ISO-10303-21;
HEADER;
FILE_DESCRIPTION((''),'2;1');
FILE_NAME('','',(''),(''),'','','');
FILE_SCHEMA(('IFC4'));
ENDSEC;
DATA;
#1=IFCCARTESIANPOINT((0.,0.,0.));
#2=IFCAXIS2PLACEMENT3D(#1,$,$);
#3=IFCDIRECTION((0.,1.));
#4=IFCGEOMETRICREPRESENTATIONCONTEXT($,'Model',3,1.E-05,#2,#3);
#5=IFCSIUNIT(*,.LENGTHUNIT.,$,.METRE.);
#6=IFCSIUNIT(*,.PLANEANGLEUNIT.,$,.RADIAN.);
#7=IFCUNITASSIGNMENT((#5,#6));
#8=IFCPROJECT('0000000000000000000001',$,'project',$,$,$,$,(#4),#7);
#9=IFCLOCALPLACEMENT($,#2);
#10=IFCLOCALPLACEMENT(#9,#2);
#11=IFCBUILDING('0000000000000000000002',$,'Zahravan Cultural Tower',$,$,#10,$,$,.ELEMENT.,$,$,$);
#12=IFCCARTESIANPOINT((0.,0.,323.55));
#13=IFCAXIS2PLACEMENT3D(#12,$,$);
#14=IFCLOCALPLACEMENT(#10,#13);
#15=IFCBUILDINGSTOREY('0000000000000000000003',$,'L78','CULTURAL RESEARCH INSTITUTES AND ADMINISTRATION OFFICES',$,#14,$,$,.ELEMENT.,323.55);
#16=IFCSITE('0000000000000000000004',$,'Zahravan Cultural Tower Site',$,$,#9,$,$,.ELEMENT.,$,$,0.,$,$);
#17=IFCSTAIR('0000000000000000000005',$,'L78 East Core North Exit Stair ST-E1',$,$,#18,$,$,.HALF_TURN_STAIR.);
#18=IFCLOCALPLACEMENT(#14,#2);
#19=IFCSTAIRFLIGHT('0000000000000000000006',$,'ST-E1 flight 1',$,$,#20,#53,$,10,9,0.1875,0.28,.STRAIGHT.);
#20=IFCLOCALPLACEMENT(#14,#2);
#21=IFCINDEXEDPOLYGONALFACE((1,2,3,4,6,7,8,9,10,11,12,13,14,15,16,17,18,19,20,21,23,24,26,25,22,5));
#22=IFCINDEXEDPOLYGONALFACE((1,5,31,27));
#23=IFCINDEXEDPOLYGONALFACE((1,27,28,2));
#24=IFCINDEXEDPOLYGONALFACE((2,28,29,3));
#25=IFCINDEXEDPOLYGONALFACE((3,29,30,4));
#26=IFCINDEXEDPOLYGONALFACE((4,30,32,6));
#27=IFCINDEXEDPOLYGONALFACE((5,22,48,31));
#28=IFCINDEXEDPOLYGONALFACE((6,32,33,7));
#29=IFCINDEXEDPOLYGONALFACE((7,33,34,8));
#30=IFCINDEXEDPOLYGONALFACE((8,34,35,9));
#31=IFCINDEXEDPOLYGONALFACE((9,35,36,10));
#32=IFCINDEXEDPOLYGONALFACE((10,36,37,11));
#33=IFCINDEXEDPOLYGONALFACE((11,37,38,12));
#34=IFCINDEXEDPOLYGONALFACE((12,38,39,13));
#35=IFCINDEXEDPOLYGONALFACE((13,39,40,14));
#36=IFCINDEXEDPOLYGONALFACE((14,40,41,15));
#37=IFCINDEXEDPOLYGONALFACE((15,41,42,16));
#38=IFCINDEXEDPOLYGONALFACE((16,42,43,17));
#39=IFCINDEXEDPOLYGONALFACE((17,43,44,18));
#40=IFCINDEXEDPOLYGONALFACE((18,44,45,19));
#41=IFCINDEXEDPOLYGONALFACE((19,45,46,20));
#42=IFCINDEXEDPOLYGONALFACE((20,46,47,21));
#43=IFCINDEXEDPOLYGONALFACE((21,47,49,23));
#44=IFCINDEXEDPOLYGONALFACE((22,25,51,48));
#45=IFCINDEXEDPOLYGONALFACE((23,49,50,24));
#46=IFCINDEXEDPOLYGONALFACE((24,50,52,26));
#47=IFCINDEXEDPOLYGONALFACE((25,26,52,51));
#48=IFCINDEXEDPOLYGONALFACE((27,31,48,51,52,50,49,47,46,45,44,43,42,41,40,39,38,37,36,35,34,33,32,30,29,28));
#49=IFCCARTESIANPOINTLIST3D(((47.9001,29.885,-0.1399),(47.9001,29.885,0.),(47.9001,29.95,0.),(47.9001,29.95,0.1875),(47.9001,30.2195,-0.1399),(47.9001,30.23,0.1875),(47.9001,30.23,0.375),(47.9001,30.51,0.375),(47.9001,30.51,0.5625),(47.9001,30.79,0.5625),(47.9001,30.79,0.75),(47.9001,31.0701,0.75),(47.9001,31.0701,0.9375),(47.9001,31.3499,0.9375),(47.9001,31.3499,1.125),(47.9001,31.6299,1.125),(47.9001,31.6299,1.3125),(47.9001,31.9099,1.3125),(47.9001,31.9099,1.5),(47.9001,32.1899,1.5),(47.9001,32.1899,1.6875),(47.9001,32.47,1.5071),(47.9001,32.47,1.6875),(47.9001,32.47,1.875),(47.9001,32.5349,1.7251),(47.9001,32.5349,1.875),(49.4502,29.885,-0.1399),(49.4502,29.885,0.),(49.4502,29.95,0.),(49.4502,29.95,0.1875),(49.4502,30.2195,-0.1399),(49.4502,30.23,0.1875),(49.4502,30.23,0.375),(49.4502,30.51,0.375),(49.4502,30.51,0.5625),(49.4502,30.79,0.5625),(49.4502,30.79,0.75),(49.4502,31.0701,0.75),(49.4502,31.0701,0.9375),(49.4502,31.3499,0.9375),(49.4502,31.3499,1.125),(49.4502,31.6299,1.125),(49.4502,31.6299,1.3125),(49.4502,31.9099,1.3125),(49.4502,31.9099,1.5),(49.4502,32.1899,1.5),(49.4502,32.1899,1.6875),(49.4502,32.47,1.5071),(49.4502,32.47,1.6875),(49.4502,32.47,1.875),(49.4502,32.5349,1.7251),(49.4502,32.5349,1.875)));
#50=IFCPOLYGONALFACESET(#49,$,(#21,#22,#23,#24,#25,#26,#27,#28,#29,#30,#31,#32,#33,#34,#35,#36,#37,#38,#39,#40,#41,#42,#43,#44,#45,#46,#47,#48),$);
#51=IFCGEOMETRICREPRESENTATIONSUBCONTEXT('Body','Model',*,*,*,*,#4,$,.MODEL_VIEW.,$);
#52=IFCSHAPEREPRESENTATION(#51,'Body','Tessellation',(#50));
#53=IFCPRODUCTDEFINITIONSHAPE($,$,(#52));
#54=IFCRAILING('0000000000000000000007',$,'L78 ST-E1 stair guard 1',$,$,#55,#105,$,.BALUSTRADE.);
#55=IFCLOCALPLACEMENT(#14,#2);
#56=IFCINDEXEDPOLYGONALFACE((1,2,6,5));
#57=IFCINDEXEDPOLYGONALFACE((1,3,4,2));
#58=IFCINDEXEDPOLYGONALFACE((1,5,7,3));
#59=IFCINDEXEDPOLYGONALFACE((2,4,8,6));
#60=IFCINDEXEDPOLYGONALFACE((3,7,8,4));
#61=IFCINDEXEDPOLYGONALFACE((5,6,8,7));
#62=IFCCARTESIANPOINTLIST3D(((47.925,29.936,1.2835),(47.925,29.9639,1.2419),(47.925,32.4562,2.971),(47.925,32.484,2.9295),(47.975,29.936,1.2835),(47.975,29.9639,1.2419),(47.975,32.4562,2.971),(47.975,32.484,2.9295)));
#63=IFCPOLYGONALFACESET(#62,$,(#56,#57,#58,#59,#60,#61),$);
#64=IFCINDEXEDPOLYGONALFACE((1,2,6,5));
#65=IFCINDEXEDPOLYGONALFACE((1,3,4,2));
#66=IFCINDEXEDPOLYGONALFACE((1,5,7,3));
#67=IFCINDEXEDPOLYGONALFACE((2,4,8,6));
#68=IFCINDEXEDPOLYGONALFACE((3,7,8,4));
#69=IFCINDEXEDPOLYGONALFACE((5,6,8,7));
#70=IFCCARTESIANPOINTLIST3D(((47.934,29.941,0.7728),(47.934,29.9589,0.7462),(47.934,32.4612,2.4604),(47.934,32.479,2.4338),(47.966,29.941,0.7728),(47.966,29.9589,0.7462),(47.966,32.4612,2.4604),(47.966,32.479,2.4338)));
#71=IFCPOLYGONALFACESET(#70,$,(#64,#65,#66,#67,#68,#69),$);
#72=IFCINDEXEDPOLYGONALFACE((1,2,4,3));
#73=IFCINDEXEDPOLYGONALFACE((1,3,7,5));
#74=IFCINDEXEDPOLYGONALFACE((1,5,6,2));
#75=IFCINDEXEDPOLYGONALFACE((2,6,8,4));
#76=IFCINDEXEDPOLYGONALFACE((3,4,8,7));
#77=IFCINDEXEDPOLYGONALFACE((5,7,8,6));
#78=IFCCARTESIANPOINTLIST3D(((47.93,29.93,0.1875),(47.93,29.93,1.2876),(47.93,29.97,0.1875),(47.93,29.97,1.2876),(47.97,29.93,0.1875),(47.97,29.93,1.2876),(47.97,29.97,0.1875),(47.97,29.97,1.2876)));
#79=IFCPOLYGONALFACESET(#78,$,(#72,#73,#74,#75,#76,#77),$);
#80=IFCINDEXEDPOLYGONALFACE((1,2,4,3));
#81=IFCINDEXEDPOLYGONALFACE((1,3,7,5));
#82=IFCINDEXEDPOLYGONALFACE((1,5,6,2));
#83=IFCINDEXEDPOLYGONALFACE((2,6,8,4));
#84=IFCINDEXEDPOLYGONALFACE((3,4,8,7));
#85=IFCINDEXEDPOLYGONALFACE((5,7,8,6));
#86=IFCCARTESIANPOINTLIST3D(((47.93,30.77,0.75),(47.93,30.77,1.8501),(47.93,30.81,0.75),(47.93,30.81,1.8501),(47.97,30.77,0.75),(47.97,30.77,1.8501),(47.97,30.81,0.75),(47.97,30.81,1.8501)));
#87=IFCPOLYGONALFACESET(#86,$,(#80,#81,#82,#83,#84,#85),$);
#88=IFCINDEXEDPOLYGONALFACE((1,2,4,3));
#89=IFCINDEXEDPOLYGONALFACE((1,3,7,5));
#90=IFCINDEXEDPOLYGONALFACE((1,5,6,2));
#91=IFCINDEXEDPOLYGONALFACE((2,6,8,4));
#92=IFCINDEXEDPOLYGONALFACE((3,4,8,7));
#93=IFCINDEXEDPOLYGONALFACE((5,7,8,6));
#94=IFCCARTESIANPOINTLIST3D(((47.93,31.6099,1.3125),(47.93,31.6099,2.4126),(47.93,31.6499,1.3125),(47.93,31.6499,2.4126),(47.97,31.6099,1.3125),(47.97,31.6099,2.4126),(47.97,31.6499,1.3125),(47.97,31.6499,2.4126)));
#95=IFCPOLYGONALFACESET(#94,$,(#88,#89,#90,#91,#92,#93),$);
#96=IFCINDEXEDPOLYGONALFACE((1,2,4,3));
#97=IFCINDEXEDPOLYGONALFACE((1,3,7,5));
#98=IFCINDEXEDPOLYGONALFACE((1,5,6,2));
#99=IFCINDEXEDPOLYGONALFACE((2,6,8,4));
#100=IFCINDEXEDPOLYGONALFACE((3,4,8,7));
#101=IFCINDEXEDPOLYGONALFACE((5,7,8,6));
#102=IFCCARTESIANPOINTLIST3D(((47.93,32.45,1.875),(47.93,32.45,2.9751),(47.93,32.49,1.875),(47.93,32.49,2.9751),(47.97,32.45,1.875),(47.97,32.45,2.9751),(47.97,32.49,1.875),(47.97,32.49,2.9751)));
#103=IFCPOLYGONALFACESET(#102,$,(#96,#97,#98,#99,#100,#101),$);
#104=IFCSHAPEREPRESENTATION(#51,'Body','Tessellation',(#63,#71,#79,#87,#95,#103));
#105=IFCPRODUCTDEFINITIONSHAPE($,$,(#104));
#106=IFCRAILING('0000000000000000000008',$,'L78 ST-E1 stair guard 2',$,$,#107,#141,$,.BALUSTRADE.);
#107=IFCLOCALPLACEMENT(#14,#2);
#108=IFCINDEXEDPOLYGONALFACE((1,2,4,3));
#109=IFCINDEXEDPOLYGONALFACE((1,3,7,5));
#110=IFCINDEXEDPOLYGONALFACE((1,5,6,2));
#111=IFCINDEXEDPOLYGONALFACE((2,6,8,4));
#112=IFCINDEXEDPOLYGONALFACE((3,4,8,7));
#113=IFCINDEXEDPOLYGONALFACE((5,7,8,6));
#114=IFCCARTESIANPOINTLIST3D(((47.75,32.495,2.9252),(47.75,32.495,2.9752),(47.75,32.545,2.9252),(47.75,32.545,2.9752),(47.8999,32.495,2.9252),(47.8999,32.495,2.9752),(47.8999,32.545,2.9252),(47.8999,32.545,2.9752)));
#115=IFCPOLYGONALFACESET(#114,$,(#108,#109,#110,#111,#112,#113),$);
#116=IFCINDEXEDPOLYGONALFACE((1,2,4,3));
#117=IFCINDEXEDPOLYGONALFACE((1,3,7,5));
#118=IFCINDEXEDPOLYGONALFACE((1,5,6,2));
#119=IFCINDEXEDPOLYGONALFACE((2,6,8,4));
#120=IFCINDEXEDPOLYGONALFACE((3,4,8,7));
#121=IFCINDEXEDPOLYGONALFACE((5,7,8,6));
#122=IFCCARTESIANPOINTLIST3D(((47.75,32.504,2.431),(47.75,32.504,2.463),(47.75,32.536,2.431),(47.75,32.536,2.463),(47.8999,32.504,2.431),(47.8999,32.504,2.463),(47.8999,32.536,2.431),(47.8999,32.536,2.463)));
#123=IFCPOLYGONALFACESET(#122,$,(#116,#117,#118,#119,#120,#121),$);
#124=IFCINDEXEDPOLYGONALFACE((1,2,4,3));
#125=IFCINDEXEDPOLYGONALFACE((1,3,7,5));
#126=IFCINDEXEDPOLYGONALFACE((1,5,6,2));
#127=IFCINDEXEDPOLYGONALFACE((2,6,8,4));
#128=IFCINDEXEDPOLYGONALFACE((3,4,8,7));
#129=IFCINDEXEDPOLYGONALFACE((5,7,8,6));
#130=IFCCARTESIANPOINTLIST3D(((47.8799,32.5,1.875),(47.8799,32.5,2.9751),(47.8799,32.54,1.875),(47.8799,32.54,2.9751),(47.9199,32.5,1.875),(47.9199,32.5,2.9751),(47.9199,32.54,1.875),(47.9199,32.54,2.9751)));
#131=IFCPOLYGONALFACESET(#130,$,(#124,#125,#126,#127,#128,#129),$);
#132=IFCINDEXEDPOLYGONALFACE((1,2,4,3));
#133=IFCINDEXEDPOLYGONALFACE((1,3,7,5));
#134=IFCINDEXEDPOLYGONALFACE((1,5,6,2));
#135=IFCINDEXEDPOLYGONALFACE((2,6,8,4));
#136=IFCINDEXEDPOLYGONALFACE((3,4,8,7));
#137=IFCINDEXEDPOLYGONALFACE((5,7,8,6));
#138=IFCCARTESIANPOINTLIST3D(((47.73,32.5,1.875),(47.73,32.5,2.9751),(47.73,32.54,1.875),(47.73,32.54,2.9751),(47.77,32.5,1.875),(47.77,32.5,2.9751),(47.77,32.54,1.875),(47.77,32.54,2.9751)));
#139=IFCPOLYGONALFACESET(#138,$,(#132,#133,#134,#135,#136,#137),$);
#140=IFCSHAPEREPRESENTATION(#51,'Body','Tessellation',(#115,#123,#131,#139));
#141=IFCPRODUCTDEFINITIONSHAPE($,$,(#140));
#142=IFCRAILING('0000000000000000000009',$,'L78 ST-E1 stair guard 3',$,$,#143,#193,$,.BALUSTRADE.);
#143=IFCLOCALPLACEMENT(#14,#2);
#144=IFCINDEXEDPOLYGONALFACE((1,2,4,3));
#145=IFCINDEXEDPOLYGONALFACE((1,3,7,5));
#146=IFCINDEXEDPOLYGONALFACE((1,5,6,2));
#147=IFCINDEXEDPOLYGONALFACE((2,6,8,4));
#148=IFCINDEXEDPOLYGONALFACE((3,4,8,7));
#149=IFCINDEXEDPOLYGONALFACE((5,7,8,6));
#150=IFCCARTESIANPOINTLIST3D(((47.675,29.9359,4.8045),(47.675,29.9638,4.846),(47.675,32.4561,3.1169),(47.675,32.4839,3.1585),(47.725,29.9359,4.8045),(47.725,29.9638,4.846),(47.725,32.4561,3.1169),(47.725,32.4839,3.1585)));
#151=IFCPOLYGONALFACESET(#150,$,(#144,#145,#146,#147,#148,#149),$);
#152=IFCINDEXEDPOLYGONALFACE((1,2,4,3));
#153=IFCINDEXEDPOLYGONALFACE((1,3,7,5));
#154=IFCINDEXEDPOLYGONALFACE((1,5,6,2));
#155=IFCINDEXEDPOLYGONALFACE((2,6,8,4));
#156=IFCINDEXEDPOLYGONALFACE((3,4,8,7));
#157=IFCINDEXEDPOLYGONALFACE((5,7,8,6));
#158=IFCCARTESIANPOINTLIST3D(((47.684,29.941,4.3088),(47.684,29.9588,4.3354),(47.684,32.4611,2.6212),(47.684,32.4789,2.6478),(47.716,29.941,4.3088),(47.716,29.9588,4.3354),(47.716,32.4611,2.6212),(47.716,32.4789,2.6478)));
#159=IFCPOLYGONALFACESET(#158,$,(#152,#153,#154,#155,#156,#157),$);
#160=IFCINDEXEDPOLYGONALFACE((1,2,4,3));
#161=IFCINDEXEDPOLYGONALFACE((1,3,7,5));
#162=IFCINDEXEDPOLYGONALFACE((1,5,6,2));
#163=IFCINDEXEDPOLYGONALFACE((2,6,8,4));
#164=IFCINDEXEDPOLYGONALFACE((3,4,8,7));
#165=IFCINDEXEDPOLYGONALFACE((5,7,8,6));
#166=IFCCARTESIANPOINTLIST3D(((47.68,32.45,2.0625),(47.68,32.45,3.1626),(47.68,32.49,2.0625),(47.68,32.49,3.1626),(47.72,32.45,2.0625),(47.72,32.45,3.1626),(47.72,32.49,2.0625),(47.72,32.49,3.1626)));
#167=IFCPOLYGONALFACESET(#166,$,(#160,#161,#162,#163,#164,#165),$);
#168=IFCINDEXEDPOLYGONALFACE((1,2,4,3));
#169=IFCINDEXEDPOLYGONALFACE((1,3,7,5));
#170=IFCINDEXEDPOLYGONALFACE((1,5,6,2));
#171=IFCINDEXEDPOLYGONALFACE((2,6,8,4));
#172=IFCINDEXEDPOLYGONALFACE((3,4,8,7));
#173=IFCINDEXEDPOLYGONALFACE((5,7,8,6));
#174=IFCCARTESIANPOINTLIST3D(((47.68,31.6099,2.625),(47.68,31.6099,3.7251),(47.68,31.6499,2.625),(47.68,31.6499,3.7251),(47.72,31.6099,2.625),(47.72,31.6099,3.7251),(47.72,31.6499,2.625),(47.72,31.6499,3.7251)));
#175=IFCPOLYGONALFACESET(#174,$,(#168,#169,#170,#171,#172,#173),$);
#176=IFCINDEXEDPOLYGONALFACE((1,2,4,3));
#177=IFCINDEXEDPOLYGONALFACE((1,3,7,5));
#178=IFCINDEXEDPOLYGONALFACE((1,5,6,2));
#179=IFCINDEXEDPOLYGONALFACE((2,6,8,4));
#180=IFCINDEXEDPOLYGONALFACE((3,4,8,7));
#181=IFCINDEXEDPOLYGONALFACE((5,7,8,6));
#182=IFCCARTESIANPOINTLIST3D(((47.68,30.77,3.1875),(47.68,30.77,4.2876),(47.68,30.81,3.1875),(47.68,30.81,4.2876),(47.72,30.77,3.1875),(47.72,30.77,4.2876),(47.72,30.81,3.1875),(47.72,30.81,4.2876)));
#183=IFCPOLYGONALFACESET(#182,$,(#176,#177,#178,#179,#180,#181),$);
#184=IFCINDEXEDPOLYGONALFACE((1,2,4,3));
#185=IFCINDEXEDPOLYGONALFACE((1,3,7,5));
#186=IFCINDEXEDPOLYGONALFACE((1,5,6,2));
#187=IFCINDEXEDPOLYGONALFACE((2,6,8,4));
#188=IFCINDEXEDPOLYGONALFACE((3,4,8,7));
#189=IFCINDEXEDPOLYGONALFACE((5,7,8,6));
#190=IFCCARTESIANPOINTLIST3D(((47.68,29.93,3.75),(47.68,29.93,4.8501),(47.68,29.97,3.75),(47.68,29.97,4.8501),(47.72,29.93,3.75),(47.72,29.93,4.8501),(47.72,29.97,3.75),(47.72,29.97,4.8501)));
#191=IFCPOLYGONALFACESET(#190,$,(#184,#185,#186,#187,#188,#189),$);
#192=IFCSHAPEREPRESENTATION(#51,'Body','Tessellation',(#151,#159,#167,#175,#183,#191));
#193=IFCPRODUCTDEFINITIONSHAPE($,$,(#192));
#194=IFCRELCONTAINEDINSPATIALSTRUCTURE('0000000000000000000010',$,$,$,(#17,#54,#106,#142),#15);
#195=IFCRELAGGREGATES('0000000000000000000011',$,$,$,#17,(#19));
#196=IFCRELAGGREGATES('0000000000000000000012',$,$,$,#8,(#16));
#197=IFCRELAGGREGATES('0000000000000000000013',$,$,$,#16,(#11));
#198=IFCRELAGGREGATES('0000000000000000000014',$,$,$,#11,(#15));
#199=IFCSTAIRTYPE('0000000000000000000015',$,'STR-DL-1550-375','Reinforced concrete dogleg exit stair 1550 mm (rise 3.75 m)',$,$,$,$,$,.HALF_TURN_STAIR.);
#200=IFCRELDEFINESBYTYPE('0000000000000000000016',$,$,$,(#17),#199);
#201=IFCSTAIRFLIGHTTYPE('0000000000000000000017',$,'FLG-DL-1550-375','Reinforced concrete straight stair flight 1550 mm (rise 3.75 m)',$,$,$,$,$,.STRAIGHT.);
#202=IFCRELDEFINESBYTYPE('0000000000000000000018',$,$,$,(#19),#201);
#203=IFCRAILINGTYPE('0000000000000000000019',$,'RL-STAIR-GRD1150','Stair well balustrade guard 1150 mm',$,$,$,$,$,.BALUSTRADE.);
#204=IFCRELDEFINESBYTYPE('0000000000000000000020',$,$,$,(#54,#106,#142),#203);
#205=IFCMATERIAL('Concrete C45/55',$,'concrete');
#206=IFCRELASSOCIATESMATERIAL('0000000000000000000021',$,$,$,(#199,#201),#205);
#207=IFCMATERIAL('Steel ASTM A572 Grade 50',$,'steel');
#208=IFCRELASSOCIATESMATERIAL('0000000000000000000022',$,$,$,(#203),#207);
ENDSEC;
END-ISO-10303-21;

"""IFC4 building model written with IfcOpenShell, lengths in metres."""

from ifc_helpers import new_model, si_unit, direction, frame, origin, origin_2d, place, context, subcontext, project, spatial, polyline, rectangle, outline, extrude, material, type_object, element, aggregate, save


model = new_model("IFC4")

# Units and contexts
model_context = context("Model", 3, precision=1e-05, world=origin(), true_north=direction((0.0, 1.0)))
body_context = subcontext(model_context, "Body", "Model", "MODEL_VIEW")
ifc_project = project(units=[si_unit("LENGTHUNIT", "METRE"), si_unit("PLANEANGLEUNIT", "RADIAN")], contexts=[model_context])

# Site, building, storey
site_placement = place(None, origin())
site = spatial("IfcSite", under=ifc_project, at=site_placement, Name="Zahravan Cultural Tower Site", CompositionType="ELEMENT", RefElevation=0.0)
building_placement = place(site_placement, origin())
building = spatial("IfcBuilding", under=site, at=building_placement, Name="Zahravan Cultural Tower", CompositionType="ELEMENT")
storey_placement = place(building_placement, frame((0.0, 0.0, 323.55)))
storey = spatial("IfcBuildingStorey", under=building, at=storey_placement, Name="L78", Description="CULTURAL RESEARCH INSTITUTES AND ADMINISTRATION OFFICES", CompositionType="ELEMENT", Elevation=323.55)

# Stair, stair flight
ifc_material_1 = material(Name="Concrete C45/55", Category="concrete")
stair_type = type_object("IfcStairType", Name="STR-DL-1550-375", Description="Reinforced concrete dogleg exit stair 1550 mm (rise 3.75 m)", PredefinedType="HALF_TURN_STAIR", material=ifc_material_1)
stair_placement = place(storey_placement, origin())
stair = element("IfcStair", 1, at=stair_placement, inside=storey, type_object=stair_type, Name="L78 East Core North Exit Stair ST-E1", PredefinedType="HALF_TURN_STAIR")
stair_flight_type = type_object("IfcStairFlightType", Name="FLG-DL-1550-375", Description="Reinforced concrete straight stair flight 1550 mm (rise 3.75 m)", PredefinedType="STRAIGHT", material=ifc_material_1)
stair_flight_placement = place(storey_placement, frame((48.675, 29.95, 0.0), z_axis=(0.0, 0.0, 1.0), x_axis=(0.0, 1.0, 0.0)))
stair_flight = element("IfcStairFlight", 2, at=stair_flight_placement, type_object=stair_flight_type, Name="ST-E1 flight 1", NumberOfRisers=10, NumberOfTreads=9, PredefinedType="STRAIGHT", RiserHeight=0.1875, TreadLength=0.28, context=body_context, shape_type="SweptSolid", body=[
    extrude(outline(polyline([(-0.0649, -0.1399), (-0.0649, 0.0), (0.0, 0.0), (0.0, 0.1875), (0.28, 0.1875), (0.28, 0.375), (0.5601, 0.375), (0.5601, 0.5625), (0.8401, 0.5625), (0.8401, 0.75), (1.1201, 0.75), (1.1201, 0.9375), (1.3999, 0.9375), (1.3999, 1.125), (1.6799, 1.125), (1.6799, 1.3125), (1.96, 1.3125), (1.96, 1.5), (2.24, 1.5), (2.24, 1.6875), (2.52, 1.6875), (2.52, 1.875), (2.585, 1.875), (2.585, 1.7251), (2.52, 1.5071), (0.2695, -0.1399), (-0.0649, -0.1399)])), frame((0.0, 0.7749, 0.0), z_axis=(0.0, -1.0, 0.0), x_axis=(1.0, 0.0, 0.0)), (0.0, 0.0, 1.0), 1.55),
])
aggregate(stair, [stair_flight])

# Railings
ifc_material_2 = material(Name="Steel ASTM A572 Grade 50", Category="steel")
railing_type_1 = type_object("IfcRailingType", Name="RL-STAIR-GRD1150", Description="Stair well balustrade guard 1150 mm", PredefinedType="BALUSTRADE", material=ifc_material_2)
railing_1_placement = place(storey_placement, frame((47.95, 29.95, 0.1875)))
element("IfcRailing", 3, at=railing_1_placement, inside=storey, type_object=railing_type_1, Name="L78 ST-E1 stair guard 1", PredefinedType="BALUSTRADE", context=body_context, shape_type="SweptSolid", body=[
    extrude(rectangle(XDim=0.05, YDim=0.05, at=origin_2d()), frame((0.0, 0.0, 1.0752), z_axis=(0.0, 0.830909, 0.556408), x_axis=(-1.0, 0.0, 0.0)), (0.0, 0.0, 1.0), 3.033),
    extrude(rectangle(XDim=0.032, YDim=0.032, at=origin_2d()), frame((0.0, 0.0, 0.572), z_axis=(0.0, 0.830909, 0.556408), x_axis=(-1.0, 0.0, 0.0)), (0.0, 0.0, 1.0), 3.033),
    extrude(rectangle(XDim=0.04, YDim=0.04, at=origin_2d()), origin(), (0.0, 0.0, 1.0), 1.1001),
    extrude(rectangle(XDim=0.04, YDim=0.04, at=origin_2d()), frame((0.0, 0.8401, 0.5625)), (0.0, 0.0, 1.0), 1.1001),
    extrude(rectangle(XDim=0.04, YDim=0.04, at=origin_2d()), frame((0.0, 1.6799, 1.125)), (0.0, 0.0, 1.0), 1.1001),
    extrude(rectangle(XDim=0.04, YDim=0.04, at=origin_2d()), frame((0.0, 2.52, 1.6875)), (0.0, 0.0, 1.0), 1.1001),
])
railing_2_placement = place(storey_placement, frame((47.8999, 32.52, 1.875)))
element("IfcRailing", 4, at=railing_2_placement, inside=storey, type_object=railing_type_1, Name="L78 ST-E1 stair guard 2", PredefinedType="BALUSTRADE", context=body_context, shape_type="SweptSolid", body=[
    extrude(rectangle(XDim=0.05, YDim=0.05, at=origin_2d()), frame((0.0, 0.0, 1.0752), z_axis=(-1.0, 0.0, 0.0), x_axis=(0.0, -1.0, 0.0)), (0.0, 0.0, 1.0), 0.1499),
    extrude(rectangle(XDim=0.032, YDim=0.032, at=origin_2d()), frame((0.0, 0.0, 0.572), z_axis=(-1.0, 0.0, 0.0), x_axis=(0.0, -1.0, 0.0)), (0.0, 0.0, 1.0), 0.1499),
    extrude(rectangle(XDim=0.04, YDim=0.04, at=origin_2d()), origin(), (0.0, 0.0, 1.0), 1.1001),
    extrude(rectangle(XDim=0.04, YDim=0.04, at=origin_2d()), frame((-0.1499, 0.0, 0.0)), (0.0, 0.0, 1.0), 1.1001),
])
railing_3_placement = place(storey_placement, frame((47.7, 32.47, 2.0625)))
element("IfcRailing", 5, at=railing_3_placement, inside=storey, type_object=railing_type_1, Name="L78 ST-E1 stair guard 3", PredefinedType="BALUSTRADE", context=body_context, shape_type="SweptSolid", body=[
    extrude(rectangle(XDim=0.05, YDim=0.05, at=origin_2d()), frame((0.0, 0.0, 1.0752), z_axis=(0.0, -0.830909, 0.556408), x_axis=(1.0, 0.0, 0.0)), (0.0, 0.0, 1.0), 3.033),
    extrude(rectangle(XDim=0.032, YDim=0.032, at=origin_2d()), frame((0.0, 0.0, 0.572), z_axis=(0.0, -0.830909, 0.556408), x_axis=(1.0, 0.0, 0.0)), (0.0, 0.0, 1.0), 3.033),
    extrude(rectangle(XDim=0.04, YDim=0.04, at=origin_2d()), origin(), (0.0, 0.0, 1.0), 1.1001),
    extrude(rectangle(XDim=0.04, YDim=0.04, at=origin_2d()), frame((0.0, -0.8401, 0.5625)), (0.0, 0.0, 1.0), 1.1001),
    extrude(rectangle(XDim=0.04, YDim=0.04, at=origin_2d()), frame((0.0, -1.6799, 1.125)), (0.0, 0.0, 1.0), 1.1001),
    extrude(rectangle(XDim=0.04, YDim=0.04, at=origin_2d()), frame((0.0, -2.52, 1.6875)), (0.0, 0.0, 1.0), 1.1001),
])

save(model, "model.ifc")
